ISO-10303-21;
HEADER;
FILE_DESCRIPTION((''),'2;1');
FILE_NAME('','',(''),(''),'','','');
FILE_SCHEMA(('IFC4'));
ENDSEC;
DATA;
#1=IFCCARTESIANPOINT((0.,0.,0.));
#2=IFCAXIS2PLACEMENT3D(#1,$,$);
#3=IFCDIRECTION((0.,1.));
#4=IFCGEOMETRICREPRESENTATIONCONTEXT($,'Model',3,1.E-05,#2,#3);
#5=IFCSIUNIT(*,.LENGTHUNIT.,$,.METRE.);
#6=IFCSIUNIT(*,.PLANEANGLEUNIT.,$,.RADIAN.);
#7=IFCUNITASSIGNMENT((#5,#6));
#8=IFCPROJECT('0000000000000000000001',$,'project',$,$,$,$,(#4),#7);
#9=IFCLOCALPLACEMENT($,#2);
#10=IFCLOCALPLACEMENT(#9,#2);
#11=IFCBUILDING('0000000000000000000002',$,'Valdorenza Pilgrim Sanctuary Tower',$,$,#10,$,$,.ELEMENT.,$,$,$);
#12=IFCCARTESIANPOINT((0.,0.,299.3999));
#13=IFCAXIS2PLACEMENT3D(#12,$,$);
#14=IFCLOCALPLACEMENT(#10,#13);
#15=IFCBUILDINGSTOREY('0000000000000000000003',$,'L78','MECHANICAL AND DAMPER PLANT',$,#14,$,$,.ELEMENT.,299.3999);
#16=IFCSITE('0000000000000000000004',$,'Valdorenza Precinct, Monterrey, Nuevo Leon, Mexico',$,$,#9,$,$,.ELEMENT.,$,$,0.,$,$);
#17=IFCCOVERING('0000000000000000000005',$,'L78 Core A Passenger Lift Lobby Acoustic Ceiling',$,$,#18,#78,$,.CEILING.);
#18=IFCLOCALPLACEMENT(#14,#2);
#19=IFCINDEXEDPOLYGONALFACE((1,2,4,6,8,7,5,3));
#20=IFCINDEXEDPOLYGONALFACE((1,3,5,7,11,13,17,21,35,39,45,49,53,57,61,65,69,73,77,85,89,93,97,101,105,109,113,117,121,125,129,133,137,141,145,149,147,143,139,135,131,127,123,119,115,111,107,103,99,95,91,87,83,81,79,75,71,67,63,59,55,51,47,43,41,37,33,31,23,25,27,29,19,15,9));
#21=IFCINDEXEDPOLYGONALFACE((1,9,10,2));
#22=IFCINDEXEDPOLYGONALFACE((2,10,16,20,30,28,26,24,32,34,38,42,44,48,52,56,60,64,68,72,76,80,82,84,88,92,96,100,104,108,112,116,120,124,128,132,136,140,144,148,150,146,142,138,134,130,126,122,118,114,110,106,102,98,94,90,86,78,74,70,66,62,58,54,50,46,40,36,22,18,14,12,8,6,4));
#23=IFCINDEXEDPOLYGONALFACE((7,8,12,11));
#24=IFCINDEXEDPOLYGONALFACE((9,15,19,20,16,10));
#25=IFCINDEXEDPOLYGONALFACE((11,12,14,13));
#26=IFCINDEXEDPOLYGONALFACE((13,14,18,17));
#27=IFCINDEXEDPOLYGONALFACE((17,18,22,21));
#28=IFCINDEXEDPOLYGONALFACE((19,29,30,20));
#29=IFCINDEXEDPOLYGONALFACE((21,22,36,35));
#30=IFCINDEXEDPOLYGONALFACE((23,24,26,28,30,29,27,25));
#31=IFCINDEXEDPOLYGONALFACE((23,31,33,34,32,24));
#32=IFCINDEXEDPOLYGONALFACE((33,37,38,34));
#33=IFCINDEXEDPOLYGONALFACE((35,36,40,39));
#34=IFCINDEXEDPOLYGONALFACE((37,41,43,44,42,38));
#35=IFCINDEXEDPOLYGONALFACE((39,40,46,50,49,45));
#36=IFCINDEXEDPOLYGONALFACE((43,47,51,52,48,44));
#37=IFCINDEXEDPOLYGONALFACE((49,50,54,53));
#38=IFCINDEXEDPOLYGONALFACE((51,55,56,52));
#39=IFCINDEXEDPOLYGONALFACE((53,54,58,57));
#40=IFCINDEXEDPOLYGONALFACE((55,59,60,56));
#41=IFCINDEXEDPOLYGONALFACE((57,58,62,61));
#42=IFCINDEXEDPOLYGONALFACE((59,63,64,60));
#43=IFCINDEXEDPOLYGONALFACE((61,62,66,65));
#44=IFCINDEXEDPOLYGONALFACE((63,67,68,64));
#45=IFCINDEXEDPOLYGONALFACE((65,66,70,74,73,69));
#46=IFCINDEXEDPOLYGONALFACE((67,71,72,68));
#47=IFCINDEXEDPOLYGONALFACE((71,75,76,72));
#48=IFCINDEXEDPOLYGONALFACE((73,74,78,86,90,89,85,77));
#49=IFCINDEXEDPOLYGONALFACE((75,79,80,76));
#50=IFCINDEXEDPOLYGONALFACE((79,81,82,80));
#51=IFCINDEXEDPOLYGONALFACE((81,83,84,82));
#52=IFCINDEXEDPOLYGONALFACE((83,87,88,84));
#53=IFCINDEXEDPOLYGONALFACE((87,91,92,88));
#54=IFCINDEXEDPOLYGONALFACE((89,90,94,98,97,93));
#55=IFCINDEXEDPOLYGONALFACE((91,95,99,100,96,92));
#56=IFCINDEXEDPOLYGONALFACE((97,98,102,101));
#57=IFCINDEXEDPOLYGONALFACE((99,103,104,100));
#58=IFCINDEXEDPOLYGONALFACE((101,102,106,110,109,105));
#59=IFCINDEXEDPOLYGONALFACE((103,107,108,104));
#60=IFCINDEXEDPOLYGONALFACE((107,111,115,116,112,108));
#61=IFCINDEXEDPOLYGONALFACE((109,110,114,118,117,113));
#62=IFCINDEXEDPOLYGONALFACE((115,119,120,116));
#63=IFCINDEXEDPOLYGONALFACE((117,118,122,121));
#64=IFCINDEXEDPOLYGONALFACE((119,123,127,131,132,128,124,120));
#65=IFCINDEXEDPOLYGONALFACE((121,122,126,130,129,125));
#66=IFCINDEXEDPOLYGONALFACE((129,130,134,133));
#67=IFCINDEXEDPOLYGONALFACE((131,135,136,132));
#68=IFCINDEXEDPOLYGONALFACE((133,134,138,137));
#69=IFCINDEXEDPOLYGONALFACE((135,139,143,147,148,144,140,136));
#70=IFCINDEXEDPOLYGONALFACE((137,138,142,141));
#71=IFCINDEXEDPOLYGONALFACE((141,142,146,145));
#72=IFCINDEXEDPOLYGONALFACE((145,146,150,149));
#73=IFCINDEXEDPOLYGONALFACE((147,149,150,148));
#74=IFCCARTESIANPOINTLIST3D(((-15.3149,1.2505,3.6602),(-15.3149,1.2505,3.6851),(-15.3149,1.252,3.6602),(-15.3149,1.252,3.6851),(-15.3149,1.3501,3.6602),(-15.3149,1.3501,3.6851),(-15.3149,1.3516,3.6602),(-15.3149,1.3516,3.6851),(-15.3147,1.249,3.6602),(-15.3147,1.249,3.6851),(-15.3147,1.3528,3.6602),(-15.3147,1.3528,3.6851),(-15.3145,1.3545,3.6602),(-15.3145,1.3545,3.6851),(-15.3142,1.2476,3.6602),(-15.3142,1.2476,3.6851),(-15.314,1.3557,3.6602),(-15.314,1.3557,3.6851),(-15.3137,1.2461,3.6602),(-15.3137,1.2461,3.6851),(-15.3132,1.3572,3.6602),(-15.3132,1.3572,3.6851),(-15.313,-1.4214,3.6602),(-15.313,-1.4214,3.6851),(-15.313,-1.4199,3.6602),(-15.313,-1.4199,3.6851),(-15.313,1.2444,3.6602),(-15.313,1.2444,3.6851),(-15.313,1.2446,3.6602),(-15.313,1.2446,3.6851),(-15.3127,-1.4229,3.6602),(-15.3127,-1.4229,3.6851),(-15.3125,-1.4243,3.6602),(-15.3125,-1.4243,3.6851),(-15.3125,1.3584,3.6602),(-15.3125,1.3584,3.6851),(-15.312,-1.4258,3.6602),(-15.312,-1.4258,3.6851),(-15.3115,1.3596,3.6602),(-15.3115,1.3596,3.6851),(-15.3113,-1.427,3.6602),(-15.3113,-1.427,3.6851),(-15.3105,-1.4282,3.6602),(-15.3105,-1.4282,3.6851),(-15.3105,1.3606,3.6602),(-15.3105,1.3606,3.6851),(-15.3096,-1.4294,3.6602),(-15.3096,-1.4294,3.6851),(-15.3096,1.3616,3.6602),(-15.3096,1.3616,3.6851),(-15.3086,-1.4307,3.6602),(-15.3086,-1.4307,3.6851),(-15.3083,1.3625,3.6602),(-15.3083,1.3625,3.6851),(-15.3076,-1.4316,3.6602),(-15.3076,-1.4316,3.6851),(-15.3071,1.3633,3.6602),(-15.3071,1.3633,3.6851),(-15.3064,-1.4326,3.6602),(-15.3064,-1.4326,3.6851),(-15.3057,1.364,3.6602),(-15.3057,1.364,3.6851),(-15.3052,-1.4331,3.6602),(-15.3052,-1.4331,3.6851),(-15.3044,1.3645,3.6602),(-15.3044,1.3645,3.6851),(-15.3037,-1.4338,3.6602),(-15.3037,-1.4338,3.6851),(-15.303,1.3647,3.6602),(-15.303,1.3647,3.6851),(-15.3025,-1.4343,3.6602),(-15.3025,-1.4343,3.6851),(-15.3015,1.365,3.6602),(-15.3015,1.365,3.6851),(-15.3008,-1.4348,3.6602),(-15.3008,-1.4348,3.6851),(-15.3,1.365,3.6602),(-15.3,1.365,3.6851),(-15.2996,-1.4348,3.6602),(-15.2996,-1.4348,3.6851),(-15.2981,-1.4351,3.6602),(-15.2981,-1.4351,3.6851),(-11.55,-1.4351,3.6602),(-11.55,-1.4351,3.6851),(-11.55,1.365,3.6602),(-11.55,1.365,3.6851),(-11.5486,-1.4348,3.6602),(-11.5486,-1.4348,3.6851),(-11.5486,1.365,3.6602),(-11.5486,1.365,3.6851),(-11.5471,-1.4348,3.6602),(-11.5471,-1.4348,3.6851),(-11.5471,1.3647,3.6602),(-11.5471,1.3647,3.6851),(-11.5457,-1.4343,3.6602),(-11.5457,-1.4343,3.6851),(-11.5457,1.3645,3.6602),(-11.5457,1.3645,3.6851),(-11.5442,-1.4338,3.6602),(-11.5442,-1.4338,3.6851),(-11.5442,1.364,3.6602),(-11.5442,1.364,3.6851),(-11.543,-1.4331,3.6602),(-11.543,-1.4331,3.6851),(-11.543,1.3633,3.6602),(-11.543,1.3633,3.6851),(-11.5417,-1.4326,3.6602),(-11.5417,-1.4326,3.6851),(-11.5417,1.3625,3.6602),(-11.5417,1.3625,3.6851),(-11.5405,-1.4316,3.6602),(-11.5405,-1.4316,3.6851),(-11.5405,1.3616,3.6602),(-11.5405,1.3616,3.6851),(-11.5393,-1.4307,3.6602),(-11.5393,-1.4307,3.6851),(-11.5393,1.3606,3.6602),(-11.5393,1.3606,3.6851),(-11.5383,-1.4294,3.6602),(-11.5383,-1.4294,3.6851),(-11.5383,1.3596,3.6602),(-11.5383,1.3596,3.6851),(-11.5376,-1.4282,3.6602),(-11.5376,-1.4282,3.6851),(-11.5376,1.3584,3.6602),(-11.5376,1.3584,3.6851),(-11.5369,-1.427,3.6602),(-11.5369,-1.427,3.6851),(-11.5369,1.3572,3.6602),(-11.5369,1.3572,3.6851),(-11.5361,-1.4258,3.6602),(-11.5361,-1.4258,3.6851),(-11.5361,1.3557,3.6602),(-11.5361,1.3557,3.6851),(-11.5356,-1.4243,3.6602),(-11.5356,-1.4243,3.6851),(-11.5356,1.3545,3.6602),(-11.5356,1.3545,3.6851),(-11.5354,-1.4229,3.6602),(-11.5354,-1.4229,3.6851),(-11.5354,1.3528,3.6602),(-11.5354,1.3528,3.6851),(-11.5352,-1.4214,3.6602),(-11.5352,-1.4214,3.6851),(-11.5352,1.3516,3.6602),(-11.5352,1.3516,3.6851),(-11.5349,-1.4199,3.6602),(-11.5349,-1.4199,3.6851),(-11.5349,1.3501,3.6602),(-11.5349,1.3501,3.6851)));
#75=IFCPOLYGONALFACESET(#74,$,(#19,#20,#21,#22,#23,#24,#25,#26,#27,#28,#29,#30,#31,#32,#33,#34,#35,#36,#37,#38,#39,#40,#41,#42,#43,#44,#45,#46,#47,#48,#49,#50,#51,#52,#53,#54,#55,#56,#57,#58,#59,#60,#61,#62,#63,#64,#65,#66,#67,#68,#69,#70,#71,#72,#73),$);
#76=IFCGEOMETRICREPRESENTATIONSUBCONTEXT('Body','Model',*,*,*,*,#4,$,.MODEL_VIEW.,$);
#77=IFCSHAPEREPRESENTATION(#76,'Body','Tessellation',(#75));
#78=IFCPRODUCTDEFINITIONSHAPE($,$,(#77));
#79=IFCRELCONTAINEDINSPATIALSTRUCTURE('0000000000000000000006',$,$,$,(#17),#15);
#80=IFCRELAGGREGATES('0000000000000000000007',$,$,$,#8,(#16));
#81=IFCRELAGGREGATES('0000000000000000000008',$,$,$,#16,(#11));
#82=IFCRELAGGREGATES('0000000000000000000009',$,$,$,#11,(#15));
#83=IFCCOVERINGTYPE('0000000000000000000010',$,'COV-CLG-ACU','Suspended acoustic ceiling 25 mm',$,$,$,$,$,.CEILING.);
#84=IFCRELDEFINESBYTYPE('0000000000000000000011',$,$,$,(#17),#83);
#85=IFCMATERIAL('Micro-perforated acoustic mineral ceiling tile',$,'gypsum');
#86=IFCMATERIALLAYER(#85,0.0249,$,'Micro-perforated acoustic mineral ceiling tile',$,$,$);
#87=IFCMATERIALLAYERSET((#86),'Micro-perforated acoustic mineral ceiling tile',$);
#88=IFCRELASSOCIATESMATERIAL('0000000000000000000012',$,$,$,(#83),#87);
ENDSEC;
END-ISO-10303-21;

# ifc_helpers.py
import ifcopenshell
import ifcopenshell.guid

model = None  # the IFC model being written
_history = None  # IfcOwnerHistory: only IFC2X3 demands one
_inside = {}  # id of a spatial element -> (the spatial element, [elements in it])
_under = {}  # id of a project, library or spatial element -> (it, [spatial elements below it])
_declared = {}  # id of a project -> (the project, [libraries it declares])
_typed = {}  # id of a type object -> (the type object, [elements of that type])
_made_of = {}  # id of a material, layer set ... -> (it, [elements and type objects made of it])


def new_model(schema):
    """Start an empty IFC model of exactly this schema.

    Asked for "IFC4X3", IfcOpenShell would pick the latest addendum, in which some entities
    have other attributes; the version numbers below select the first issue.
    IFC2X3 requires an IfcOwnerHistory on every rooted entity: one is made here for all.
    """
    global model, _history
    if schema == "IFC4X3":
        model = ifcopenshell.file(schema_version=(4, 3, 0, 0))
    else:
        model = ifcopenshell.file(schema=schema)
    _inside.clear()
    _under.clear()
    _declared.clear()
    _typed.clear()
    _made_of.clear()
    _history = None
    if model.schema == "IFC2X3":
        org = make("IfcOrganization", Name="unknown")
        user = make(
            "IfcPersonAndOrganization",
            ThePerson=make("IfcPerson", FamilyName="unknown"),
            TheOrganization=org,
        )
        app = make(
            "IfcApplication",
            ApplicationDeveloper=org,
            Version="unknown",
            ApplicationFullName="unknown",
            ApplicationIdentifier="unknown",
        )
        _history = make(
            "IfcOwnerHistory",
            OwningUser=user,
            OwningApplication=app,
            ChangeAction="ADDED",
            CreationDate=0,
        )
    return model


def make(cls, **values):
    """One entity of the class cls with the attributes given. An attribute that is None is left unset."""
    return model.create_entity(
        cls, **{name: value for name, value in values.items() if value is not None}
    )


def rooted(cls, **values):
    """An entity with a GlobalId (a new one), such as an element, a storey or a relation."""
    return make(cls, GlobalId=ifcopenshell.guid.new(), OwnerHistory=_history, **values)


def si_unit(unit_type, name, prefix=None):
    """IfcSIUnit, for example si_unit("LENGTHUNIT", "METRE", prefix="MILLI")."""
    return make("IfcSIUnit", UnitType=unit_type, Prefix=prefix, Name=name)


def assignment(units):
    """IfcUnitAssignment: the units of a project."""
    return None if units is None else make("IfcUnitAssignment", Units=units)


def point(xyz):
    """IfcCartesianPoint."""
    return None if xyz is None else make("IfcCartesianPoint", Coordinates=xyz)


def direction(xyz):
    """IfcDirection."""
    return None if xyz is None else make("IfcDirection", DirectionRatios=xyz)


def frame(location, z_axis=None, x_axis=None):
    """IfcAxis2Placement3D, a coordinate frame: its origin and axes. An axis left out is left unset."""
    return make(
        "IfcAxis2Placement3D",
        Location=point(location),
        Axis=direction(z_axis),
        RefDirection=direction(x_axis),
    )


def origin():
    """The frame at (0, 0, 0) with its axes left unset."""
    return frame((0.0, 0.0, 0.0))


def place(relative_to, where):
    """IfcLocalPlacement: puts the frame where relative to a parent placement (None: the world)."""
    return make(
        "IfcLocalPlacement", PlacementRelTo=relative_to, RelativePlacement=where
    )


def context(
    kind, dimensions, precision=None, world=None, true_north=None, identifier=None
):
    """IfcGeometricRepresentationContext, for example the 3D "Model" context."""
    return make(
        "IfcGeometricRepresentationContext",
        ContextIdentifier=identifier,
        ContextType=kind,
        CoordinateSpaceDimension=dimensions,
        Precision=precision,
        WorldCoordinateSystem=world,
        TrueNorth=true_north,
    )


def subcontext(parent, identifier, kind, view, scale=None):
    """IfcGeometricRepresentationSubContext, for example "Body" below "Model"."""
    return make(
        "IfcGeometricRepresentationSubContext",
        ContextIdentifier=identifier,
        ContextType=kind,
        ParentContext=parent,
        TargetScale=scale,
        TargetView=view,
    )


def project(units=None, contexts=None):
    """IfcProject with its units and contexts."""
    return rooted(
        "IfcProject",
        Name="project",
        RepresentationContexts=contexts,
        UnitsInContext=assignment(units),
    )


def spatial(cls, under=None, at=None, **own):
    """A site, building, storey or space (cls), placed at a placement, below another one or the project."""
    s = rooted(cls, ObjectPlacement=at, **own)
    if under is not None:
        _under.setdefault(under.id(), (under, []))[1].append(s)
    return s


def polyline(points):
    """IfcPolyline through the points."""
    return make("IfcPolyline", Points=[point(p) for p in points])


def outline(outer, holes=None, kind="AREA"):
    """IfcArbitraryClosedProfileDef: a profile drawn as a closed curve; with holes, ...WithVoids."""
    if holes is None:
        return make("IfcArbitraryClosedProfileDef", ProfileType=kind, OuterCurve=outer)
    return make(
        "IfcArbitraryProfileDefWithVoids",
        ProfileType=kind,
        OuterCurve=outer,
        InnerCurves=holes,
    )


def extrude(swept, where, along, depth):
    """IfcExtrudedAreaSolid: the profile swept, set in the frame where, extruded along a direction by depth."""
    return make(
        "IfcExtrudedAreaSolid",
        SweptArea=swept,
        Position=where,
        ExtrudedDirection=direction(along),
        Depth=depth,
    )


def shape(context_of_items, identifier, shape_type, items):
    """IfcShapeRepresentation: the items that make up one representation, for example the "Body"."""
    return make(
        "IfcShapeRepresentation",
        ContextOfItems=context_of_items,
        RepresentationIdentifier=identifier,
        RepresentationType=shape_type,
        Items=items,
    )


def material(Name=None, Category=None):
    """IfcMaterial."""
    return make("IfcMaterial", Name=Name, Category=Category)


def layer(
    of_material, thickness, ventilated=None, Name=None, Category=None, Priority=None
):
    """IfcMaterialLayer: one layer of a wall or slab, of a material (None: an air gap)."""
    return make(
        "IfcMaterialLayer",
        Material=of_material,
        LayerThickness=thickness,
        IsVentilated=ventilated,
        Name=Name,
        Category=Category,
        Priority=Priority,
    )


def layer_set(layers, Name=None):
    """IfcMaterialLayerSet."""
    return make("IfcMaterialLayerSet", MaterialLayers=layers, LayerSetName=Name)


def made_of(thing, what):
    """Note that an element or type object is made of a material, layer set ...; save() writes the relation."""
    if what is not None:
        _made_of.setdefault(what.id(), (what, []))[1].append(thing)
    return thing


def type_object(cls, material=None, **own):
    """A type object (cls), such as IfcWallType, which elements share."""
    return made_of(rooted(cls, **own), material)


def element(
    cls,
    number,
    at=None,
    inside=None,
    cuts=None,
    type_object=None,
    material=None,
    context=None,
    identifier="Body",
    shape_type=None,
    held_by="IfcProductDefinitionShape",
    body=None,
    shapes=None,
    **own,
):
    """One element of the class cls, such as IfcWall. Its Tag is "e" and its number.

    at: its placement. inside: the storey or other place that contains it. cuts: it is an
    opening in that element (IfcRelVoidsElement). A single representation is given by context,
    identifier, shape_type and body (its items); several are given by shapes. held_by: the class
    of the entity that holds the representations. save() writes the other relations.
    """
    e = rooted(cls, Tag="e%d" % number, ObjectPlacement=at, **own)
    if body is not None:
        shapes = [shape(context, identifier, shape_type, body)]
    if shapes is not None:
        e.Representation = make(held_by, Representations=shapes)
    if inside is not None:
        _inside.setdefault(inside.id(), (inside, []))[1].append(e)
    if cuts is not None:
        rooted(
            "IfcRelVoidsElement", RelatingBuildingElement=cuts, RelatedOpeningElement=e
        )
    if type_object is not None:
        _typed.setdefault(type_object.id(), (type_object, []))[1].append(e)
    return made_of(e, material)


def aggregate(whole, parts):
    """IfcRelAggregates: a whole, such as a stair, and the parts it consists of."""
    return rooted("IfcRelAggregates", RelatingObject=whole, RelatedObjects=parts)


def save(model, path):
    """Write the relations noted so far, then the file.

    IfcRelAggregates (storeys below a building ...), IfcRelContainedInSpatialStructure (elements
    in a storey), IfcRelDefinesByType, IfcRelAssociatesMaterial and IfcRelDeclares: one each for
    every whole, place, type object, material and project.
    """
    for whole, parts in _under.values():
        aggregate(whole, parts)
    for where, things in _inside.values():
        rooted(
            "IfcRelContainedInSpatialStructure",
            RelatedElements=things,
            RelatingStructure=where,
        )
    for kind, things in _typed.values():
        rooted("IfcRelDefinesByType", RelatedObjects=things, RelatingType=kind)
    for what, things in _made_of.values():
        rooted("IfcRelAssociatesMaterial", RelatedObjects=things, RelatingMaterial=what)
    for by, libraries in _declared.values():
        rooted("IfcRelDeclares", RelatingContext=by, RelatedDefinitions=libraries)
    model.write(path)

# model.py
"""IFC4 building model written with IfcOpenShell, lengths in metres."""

from ifc_helpers import new_model, si_unit, direction, frame, origin, place, context, subcontext, project, spatial, polyline, outline, extrude, material, layer, layer_set, type_object, element, save


model = new_model("IFC4")

# Units and contexts
model_context = context("Model", 3, precision=1e-05, world=origin(), true_north=direction((0.0, 1.0)))
body_context = subcontext(model_context, "Body", "Model", "MODEL_VIEW")
ifc_project = project(units=[si_unit("LENGTHUNIT", "METRE"), si_unit("PLANEANGLEUNIT", "RADIAN")], contexts=[model_context])

# Site, building, storey
site_placement = place(None, origin())
site = spatial("IfcSite", under=ifc_project, at=site_placement, Name="Valdorenza Precinct, Monterrey, Nuevo Leon, Mexico", CompositionType="ELEMENT", RefElevation=0.0)
building_placement = place(site_placement, origin())
building = spatial("IfcBuilding", under=site, at=building_placement, Name="Valdorenza Pilgrim Sanctuary Tower", CompositionType="ELEMENT")
storey_placement = place(building_placement, frame((0.0, 0.0, 299.3999)))
storey = spatial("IfcBuildingStorey", under=building, at=storey_placement, Name="L78", Description="MECHANICAL AND DAMPER PLANT", CompositionType="ELEMENT", Elevation=299.3999)

# Covering
ifc_material_1 = material(Name="Micro-perforated acoustic mineral ceiling tile", Category="gypsum")
ifc_layer_1 = layer(ifc_material_1, 0.0249, Name="Micro-perforated acoustic mineral ceiling tile")
ifc_layer_set_1 = layer_set([ifc_layer_1], Name="Micro-perforated acoustic mineral ceiling tile")
covering_type = type_object("IfcCoveringType", Name="COV-CLG-ACU", Description="Suspended acoustic ceiling 25 mm", PredefinedType="CEILING", material=ifc_layer_set_1)
covering_placement = place(storey_placement, frame((0.0, 0.0, 3.6602)))
element("IfcCovering", 1, at=covering_placement, inside=storey, type_object=covering_type, Name="L78 Core A Passenger Lift Lobby Acoustic Ceiling", PredefinedType="CEILING", context=body_context, shape_type="SweptSolid", body=[
    extrude(outline(polyline([(-15.3149, 1.3501), (-15.3149, 1.3516), (-15.3147, 1.3528), (-15.3145, 1.3545), (-15.314, 1.3557), (-15.3132, 1.3572), (-15.3125, 1.3584), (-15.3115, 1.3596), (-15.3105, 1.3606), (-15.3096, 1.3616), (-15.3083, 1.3625), (-15.3071, 1.3633), (-15.3057, 1.364), (-15.3044, 1.3645), (-15.303, 1.3647), (-15.3015, 1.365), (-15.3, 1.365), (-11.55, 1.365), (-11.5486, 1.365), (-11.5471, 1.3647), (-11.5457, 1.3645), (-11.5442, 1.364), (-11.543, 1.3633), (-11.5417, 1.3625), (-11.5405, 1.3616), (-11.5393, 1.3606), (-11.5383, 1.3596), (-11.5376, 1.3584), (-11.5369, 1.3572), (-11.5361, 1.3557), (-11.5356, 1.3545), (-11.5354, 1.3528), (-11.5352, 1.3516), (-11.5349, 1.3501), (-11.5349, -1.4199), (-11.5352, -1.4214), (-11.5354, -1.4229), (-11.5356, -1.4243), (-11.5361, -1.4258), (-11.5369, -1.427), (-11.5376, -1.4282), (-11.5383, -1.4294), (-11.5393, -1.4307), (-11.5405, -1.4316), (-11.5417, -1.4326), (-11.543, -1.4331), (-11.5442, -1.4338), (-11.5457, -1.4343), (-11.5471, -1.4348), (-11.5486, -1.4348), (-11.55, -1.4351), (-15.2981, -1.4351), (-15.2996, -1.4348), (-15.3008, -1.4348), (-15.3025, -1.4343), (-15.3037, -1.4338), (-15.3052, -1.4331), (-15.3064, -1.4326), (-15.3076, -1.4316), (-15.3086, -1.4307), (-15.3096, -1.4294), (-15.3105, -1.4282), (-15.3113, -1.427), (-15.312, -1.4258), (-15.3125, -1.4243), (-15.3127, -1.4229), (-15.313, -1.4214), (-15.313, -1.4199), (-15.313, 1.2444), (-15.313, 1.2446), (-15.3137, 1.2461), (-15.3142, 1.2476), (-15.3147, 1.249), (-15.3149, 1.2505), (-15.3149, 1.252), (-15.3149, 1.3501)])), origin(), (0.0, 0.0, 1.0), 0.0249),
])

save(model, "model.ifc")
